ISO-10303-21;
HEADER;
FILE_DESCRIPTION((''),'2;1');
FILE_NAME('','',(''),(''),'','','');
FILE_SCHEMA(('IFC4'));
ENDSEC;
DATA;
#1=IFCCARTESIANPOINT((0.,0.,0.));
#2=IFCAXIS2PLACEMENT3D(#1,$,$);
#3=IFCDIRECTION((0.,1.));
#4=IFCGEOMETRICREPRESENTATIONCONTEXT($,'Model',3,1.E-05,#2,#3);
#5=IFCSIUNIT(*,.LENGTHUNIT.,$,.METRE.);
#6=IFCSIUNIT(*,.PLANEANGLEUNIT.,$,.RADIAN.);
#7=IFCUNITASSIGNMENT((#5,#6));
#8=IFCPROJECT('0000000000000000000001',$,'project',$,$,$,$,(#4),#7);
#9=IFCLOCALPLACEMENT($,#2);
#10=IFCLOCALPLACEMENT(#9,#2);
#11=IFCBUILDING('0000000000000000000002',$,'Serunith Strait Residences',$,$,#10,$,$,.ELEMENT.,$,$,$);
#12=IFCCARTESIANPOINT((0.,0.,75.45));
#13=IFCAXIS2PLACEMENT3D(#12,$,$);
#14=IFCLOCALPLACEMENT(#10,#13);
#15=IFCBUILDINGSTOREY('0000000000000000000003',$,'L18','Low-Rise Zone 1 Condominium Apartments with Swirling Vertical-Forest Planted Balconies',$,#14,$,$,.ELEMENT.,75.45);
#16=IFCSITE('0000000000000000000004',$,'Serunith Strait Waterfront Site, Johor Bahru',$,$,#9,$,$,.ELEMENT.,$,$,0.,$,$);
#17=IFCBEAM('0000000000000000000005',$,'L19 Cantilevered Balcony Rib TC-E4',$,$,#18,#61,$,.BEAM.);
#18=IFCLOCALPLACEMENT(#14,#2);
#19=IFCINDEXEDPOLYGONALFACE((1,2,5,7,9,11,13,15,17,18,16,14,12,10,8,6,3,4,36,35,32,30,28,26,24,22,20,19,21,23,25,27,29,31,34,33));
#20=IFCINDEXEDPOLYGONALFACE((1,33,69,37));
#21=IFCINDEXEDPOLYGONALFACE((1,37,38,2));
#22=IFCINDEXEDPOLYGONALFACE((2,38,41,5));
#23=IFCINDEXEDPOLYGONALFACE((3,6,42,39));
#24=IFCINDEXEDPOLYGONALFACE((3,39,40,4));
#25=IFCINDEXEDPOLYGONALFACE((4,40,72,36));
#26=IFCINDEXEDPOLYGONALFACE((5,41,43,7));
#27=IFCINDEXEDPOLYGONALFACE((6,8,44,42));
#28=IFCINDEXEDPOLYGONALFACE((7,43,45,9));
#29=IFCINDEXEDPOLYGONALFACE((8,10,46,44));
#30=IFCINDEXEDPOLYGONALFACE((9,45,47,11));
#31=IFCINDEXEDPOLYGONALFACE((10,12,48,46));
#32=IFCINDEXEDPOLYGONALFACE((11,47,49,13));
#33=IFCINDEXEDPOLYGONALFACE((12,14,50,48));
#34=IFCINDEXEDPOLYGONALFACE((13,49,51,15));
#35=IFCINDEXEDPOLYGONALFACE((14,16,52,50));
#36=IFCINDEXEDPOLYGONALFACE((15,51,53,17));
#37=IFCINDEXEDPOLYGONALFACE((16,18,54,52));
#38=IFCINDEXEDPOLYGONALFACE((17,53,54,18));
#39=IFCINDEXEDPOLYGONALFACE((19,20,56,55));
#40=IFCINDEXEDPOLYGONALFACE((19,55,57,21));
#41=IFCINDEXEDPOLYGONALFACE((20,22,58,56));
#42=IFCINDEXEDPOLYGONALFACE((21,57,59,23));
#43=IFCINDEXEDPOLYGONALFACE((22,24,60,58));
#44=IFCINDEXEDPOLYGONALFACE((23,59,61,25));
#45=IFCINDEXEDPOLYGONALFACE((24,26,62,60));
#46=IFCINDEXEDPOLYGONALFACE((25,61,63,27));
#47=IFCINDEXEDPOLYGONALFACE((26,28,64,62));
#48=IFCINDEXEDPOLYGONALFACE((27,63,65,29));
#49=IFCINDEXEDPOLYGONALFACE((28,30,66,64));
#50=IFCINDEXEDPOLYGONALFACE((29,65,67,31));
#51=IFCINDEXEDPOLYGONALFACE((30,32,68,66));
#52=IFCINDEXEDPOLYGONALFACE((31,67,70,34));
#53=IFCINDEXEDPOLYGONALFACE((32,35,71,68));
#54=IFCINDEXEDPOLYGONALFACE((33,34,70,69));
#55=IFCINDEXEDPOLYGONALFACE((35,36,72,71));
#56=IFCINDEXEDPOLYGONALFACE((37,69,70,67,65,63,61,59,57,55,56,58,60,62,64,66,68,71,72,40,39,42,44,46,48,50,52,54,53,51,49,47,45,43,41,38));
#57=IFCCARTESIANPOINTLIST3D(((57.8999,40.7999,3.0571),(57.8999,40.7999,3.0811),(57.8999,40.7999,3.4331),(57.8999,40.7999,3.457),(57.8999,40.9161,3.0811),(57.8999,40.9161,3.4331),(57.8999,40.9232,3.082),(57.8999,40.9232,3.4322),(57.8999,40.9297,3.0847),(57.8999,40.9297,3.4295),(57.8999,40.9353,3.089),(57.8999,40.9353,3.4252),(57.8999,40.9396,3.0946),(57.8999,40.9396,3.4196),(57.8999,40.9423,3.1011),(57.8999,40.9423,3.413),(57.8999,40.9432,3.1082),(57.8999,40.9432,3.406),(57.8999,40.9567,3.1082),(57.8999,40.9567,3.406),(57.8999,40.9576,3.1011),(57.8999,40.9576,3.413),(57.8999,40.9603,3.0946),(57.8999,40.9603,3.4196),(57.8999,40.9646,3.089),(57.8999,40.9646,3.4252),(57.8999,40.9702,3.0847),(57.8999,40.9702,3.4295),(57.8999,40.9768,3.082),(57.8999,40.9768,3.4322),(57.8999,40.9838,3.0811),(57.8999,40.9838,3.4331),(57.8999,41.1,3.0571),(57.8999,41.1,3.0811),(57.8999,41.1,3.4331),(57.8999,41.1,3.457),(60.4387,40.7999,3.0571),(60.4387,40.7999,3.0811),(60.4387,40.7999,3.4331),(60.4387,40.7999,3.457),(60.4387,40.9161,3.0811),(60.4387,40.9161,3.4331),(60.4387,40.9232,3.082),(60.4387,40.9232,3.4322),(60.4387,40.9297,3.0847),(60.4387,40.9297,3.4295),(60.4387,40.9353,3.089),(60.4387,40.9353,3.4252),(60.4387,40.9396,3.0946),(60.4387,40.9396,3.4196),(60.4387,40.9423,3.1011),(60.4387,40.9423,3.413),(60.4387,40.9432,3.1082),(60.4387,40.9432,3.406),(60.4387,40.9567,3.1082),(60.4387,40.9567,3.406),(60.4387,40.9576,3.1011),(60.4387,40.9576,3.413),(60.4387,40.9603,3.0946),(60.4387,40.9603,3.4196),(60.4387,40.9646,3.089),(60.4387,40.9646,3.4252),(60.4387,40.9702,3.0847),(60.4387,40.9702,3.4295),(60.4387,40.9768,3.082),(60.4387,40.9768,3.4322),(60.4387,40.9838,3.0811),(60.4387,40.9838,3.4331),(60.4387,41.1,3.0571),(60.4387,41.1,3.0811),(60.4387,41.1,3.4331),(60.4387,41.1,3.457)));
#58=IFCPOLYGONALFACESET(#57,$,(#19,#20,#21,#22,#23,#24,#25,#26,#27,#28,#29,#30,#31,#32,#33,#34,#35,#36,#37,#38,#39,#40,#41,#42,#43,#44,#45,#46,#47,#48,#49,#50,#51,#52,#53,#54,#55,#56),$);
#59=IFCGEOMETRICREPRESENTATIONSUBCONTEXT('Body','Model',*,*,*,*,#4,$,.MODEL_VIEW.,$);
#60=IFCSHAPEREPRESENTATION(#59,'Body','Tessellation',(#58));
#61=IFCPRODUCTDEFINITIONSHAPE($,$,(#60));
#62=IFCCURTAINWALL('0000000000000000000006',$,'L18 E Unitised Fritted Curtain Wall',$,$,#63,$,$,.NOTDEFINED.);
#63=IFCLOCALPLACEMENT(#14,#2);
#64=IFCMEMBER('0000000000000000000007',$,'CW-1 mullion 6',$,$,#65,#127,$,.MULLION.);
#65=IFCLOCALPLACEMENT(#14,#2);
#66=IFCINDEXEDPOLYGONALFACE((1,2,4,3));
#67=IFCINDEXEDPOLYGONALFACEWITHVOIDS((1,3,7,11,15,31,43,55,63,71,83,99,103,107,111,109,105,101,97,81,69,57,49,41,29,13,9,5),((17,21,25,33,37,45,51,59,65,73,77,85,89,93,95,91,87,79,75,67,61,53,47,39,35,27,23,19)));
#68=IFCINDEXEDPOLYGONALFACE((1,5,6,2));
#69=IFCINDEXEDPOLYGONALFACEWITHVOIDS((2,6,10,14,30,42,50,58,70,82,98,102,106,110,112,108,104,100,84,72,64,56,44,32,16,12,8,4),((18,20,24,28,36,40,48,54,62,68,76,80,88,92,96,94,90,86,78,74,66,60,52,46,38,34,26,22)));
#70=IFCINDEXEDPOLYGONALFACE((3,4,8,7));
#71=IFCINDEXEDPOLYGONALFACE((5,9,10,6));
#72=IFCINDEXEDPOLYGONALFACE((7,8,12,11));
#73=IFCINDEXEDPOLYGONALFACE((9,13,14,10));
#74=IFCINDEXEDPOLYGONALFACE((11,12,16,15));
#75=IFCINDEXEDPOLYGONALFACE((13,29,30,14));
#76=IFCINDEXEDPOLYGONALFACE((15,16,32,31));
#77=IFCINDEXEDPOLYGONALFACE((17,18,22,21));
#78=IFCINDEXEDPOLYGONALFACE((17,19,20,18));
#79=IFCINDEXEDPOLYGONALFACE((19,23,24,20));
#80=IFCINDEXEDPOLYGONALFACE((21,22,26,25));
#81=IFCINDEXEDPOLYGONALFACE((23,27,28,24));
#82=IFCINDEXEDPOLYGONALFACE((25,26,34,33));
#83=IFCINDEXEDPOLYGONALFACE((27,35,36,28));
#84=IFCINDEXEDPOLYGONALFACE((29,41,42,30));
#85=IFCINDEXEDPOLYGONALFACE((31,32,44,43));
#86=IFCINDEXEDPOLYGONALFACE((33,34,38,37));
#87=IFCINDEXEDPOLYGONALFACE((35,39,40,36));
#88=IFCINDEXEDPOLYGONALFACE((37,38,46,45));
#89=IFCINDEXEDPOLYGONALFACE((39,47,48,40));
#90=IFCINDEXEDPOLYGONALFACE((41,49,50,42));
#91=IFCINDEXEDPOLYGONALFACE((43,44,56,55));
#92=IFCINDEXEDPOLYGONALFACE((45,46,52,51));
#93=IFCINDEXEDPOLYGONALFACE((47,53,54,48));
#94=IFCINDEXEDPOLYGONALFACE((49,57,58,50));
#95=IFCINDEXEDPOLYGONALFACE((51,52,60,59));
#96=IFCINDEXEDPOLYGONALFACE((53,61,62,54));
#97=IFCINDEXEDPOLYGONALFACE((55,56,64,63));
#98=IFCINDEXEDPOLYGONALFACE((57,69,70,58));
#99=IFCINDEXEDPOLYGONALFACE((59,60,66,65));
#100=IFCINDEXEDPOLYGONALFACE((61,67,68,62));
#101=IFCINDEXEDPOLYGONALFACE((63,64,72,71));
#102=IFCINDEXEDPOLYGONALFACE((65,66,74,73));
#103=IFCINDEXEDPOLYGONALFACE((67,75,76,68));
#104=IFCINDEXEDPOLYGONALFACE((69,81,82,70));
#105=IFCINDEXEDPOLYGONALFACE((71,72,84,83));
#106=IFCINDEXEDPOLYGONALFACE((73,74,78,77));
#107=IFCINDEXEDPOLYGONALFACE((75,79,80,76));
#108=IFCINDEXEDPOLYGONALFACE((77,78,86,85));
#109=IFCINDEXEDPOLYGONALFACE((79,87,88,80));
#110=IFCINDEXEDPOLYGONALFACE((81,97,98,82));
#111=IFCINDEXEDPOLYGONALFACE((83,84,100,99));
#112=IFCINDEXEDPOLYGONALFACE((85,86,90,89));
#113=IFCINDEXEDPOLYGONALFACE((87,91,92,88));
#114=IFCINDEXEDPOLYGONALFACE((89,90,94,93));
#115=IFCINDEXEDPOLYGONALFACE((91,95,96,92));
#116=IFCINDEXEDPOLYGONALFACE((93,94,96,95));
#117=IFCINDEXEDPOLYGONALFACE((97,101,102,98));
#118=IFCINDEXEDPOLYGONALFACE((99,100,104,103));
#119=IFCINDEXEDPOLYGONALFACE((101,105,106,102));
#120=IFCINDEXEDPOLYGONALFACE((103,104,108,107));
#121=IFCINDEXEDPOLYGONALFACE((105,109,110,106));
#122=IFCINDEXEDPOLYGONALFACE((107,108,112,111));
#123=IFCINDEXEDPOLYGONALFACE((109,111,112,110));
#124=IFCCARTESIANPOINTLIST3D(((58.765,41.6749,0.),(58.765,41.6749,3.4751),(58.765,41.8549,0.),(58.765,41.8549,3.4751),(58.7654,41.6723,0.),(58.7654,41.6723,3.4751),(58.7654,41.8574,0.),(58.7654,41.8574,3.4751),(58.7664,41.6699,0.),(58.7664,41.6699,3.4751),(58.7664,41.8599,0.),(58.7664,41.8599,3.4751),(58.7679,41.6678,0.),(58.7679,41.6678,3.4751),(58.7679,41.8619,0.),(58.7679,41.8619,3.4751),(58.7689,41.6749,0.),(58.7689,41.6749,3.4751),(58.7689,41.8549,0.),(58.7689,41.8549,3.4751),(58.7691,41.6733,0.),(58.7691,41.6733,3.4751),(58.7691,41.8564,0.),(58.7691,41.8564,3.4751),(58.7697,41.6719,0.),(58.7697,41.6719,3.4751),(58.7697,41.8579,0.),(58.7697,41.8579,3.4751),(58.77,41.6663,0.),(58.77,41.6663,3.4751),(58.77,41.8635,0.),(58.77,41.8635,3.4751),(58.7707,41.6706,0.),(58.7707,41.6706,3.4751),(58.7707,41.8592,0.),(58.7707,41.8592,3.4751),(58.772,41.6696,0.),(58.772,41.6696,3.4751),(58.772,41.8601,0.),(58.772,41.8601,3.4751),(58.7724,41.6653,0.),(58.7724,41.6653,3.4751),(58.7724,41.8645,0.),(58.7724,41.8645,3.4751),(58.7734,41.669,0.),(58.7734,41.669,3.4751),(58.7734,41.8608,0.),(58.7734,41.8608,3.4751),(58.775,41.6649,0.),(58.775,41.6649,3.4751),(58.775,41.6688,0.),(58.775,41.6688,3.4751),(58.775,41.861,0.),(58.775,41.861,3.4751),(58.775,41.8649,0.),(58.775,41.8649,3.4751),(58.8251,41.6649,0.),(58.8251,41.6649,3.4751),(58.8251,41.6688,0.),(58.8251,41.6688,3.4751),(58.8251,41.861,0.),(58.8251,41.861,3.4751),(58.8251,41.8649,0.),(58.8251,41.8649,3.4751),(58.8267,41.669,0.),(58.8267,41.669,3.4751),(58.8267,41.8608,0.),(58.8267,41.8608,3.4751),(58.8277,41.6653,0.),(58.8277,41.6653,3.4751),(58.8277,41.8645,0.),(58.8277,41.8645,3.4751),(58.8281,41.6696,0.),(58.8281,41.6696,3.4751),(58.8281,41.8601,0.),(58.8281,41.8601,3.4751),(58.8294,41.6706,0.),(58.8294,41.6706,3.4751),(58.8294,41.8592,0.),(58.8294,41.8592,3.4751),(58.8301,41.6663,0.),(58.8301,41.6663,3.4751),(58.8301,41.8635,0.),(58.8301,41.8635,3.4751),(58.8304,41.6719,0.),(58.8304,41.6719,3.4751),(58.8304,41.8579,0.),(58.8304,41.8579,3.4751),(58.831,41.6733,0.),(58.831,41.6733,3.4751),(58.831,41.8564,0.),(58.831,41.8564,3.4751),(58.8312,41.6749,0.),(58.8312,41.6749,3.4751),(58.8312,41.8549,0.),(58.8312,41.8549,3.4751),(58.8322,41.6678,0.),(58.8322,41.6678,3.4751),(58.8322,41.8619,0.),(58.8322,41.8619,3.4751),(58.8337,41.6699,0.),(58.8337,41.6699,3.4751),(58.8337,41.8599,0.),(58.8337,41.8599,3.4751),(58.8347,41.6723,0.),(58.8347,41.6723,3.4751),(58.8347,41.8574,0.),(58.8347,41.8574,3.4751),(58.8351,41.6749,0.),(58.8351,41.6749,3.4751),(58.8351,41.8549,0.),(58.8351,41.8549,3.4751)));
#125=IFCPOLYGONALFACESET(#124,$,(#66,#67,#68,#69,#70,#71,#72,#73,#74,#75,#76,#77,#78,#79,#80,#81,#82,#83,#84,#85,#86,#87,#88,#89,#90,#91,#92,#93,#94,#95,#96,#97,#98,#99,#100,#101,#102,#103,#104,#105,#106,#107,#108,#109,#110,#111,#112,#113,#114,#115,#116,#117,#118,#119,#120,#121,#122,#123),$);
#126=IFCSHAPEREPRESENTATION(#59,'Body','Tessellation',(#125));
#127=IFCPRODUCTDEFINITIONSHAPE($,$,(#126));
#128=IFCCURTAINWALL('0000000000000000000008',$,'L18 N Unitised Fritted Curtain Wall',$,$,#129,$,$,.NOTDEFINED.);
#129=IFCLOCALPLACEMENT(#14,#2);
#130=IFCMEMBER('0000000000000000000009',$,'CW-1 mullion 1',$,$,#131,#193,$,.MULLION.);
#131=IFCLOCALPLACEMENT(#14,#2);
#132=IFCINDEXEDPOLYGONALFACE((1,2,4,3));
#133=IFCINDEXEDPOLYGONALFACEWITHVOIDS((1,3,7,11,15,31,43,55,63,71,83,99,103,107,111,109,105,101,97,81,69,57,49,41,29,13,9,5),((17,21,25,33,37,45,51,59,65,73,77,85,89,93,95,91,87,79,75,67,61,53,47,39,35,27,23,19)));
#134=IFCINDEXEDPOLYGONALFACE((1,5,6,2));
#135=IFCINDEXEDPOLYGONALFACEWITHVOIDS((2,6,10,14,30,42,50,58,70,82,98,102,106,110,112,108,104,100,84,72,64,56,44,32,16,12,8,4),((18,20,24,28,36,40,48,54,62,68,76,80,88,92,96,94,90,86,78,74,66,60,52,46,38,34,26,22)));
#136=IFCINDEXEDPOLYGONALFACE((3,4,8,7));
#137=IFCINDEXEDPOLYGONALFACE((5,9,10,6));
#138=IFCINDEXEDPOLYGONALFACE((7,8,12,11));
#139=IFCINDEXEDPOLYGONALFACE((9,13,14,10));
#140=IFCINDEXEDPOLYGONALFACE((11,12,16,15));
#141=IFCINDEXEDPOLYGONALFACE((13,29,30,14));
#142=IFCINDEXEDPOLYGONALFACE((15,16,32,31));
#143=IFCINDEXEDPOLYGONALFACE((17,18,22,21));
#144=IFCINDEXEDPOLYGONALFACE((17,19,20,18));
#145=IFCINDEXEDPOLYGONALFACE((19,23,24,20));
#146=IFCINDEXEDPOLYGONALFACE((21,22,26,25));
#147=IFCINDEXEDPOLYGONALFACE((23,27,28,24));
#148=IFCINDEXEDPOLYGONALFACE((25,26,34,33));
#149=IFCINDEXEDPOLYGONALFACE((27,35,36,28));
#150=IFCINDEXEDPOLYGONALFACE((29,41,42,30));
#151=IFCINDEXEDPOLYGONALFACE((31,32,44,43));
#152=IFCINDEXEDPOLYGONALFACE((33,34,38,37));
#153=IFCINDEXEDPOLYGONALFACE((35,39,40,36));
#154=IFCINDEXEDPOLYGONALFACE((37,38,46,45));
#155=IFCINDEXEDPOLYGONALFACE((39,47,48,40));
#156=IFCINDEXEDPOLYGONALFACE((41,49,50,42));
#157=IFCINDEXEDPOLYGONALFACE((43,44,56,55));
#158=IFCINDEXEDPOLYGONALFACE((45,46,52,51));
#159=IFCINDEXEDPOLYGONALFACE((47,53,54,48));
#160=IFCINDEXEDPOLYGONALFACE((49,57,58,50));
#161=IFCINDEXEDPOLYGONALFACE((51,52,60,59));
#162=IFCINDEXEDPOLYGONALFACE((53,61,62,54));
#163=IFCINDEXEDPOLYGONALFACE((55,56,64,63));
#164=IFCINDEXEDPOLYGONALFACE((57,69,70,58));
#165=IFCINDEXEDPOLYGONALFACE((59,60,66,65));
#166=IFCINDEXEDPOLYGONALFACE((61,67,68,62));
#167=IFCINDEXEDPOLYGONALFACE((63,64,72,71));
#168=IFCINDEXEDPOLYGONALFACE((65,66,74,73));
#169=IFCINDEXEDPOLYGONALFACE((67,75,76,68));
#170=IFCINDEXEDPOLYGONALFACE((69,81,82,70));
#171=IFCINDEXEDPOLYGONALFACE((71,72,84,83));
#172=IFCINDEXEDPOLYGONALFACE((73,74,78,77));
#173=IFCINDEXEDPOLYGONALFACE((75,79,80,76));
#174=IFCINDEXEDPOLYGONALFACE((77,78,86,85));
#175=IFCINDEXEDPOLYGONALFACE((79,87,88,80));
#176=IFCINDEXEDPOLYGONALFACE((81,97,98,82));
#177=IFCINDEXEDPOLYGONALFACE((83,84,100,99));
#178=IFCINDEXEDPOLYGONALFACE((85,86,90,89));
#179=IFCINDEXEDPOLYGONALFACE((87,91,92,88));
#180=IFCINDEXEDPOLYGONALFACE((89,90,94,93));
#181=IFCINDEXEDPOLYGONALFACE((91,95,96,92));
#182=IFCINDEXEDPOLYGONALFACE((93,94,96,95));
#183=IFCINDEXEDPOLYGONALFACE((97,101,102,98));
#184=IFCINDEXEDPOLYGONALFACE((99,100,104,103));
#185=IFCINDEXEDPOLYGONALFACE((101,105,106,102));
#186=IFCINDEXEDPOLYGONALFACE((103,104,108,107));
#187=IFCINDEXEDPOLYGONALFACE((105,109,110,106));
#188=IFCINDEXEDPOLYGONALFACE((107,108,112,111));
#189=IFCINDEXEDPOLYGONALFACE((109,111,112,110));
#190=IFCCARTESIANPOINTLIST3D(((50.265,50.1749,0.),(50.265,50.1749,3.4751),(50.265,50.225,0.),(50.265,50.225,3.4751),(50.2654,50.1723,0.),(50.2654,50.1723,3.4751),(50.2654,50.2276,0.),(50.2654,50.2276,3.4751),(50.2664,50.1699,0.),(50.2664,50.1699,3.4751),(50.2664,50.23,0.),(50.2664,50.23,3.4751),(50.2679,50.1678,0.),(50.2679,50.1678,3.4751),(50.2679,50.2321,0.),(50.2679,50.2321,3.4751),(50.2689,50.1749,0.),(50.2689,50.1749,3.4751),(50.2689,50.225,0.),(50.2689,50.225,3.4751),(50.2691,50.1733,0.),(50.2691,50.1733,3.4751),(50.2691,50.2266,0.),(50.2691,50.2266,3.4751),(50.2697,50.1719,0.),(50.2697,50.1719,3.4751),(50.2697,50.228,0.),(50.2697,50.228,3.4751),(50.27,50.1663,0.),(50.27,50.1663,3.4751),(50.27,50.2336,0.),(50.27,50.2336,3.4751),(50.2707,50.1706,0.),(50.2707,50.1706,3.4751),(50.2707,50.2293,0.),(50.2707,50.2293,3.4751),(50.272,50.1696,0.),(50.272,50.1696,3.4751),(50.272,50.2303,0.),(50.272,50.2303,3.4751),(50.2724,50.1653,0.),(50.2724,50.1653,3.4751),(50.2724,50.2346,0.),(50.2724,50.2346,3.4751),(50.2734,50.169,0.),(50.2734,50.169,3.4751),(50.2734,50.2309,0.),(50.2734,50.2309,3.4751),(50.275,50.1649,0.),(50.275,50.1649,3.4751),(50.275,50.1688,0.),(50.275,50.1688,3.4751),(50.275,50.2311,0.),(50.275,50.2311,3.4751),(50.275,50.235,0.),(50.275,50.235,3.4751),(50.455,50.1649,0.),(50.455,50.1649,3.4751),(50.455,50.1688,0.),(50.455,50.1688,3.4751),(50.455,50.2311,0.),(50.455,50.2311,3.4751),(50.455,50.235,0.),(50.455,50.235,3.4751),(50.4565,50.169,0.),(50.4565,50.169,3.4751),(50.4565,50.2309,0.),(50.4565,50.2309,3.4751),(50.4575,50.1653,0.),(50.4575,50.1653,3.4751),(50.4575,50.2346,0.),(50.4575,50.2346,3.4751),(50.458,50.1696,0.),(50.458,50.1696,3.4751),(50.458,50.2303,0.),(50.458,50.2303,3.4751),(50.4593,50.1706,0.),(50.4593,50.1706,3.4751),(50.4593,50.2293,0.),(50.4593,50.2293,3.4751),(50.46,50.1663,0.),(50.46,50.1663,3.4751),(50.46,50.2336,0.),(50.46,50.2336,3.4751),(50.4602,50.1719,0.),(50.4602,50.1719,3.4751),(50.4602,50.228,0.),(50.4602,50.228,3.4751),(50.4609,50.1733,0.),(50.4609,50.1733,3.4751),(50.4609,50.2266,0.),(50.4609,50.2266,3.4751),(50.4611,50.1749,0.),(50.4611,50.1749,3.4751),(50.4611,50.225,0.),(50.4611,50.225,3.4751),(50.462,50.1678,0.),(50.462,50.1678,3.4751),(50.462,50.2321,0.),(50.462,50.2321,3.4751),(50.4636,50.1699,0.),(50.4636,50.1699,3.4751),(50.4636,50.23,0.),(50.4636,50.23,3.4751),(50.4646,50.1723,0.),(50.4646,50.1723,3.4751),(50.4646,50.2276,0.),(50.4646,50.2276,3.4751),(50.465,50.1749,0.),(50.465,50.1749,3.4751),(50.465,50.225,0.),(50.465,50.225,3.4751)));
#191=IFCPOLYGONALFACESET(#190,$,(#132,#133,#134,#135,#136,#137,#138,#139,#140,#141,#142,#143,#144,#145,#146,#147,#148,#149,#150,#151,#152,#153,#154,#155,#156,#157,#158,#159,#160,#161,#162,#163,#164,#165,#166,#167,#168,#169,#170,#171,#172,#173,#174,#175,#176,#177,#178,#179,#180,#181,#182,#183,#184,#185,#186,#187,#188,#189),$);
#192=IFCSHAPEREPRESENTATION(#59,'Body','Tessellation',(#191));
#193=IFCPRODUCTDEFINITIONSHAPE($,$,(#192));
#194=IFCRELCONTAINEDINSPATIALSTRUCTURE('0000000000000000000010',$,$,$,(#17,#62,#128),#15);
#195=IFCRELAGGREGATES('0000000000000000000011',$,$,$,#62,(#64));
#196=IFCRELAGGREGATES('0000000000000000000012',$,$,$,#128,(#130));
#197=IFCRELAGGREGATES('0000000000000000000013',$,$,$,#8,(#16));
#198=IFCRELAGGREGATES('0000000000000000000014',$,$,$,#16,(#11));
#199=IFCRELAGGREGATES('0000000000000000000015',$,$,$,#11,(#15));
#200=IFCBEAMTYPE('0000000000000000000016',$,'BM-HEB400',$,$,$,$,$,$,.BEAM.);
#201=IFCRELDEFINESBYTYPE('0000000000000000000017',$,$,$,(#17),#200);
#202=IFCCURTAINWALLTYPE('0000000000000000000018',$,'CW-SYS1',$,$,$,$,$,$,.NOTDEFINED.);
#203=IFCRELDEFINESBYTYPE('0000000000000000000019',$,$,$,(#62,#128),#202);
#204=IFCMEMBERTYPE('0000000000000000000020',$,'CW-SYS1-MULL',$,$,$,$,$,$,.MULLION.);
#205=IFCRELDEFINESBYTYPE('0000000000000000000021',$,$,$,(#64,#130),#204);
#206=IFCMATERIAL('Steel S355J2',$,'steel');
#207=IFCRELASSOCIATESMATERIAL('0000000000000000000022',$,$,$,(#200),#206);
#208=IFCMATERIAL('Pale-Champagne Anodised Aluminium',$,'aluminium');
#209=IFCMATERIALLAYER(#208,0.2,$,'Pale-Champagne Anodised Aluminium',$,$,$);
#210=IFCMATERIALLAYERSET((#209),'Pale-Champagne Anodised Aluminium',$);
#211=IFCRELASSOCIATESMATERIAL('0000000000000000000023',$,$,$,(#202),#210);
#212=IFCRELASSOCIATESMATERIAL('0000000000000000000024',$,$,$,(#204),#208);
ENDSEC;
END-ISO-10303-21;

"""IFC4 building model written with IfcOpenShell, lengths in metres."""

from ifc_helpers import new_model, si_unit, direction, frame, origin, origin_2d, place, context, subcontext, project, spatial, hollow_rectangle, i_section, extrude, source, transform, mapped, material, layer, layer_set, material_profile, profile_set, type_object, element, aggregate, save


model = new_model("IFC4")

# Units and contexts
model_context = context("Model", 3, precision=1e-05, world=origin(), true_north=direction((0.0, 1.0)))
body_context = subcontext(model_context, "Body", "Model", "MODEL_VIEW")
ifc_project = project(units=[si_unit("LENGTHUNIT", "METRE"), si_unit("PLANEANGLEUNIT", "RADIAN")], contexts=[model_context])

# Site, building, storey
site_placement = place(None, origin())
site = spatial("IfcSite", under=ifc_project, at=site_placement, Name="Serunith Strait Waterfront Site, Johor Bahru", CompositionType="ELEMENT", RefElevation=0.0)
building_placement = place(site_placement, origin())
building = spatial("IfcBuilding", under=site, at=building_placement, Name="Serunith Strait Residences", CompositionType="ELEMENT")
storey_placement = place(building_placement, frame((0.0, 0.0, 75.45)))
storey = spatial("IfcBuildingStorey", under=building, at=storey_placement, Name="L18", Description="Low-Rise Zone 1 Condominium Apartments with Swirling Vertical-Forest Planted Balconies", CompositionType="ELEMENT", Elevation=75.45)

# Beam
ifc_material_1 = material(Name="Steel S355J2", Category="steel")
ifc_material_profile_1 = material_profile(ifc_material_1, i_section(OverallWidth=0.3, OverallDepth=0.3999, WebThickness=0.0134, FlangeThickness=0.0239, FilletRadius=0.0271, at=origin_2d()), Name="HEB 400")
ifc_profile_set_1 = profile_set([ifc_material_profile_1], Name="Steel S355J2")
beam_type_1 = type_object("IfcBeamType", Name="BM-HEB400", PredefinedType="BEAM", material=ifc_profile_set_1)
shared_shape_1 = source(origin(), body_context, "Body", "SweptSolid", [
    extrude(i_section(OverallWidth=0.3, OverallDepth=0.3999, WebThickness=0.0134, FlangeThickness=0.0239, FilletRadius=0.0271, at=origin_2d()), origin(), (0.0, 0.0, 1.0), 2.5388),
])
beam_1_placement = place(storey_placement, frame((57.8999, 40.95, 3.2571), z_axis=(1.0, 0.0, 0.0), x_axis=(0.0, 1.0, 0.0)))
element("IfcBeam", 1, at=beam_1_placement, inside=storey, type_object=beam_type_1, Name="L19 Cantilevered Balcony Rib TC-E4", PredefinedType="BEAM", context=body_context, shape_type="MappedRepresentation", body=[
    mapped(shared_shape_1, transform((0.0, 0.0, 0.0), scale=1.0)),
])

# Curtain wall, member
ifc_material_2 = material(Name="Pale-Champagne Anodised Aluminium", Category="aluminium")
ifc_layer_1 = layer(ifc_material_2, 0.2, Name="Pale-Champagne Anodised Aluminium")
ifc_layer_set_1 = layer_set([ifc_layer_1], Name="Pale-Champagne Anodised Aluminium")
curtain_wall_type = type_object("IfcCurtainWallType", Name="CW-SYS1", PredefinedType="NOTDEFINED", material=ifc_layer_set_1)
curtain_wall_1_placement = place(storey_placement, origin())
curtain_wall_1 = element("IfcCurtainWall", 2, at=curtain_wall_1_placement, inside=storey, type_object=curtain_wall_type, Name="L18 E Unitised Fritted Curtain Wall", PredefinedType="NOTDEFINED")
ifc_material_profile_2 = material_profile(ifc_material_2, hollow_rectangle(XDim=0.0701, YDim=0.2, WallThickness=0.0039, InnerFilletRadius=0.0061, OuterFilletRadius=0.01, at=origin_2d()), Name="ALU 200x70x4")
ifc_profile_set_2 = profile_set([ifc_material_profile_2], Name="Pale-Champagne Anodised Aluminium")
member_type_1 = type_object("IfcMemberType", Name="CW-SYS1-MULL", PredefinedType="MULLION", material=ifc_profile_set_2)
shared_shape_2 = source(origin(), body_context, "Body", "SweptSolid", [
    extrude(hollow_rectangle(XDim=0.0701, YDim=0.2, WallThickness=0.0039, InnerFilletRadius=0.0061, OuterFilletRadius=0.01, at=origin_2d()), origin(), (0.0, 0.0, 1.0), 3.4751),
])
member_1_placement = place(storey_placement, frame((58.8, 41.7649, 0.0), z_axis=(0.0, 0.0, 1.0), x_axis=(-1.0, 0.0, 0.0)))
member_1 = element("IfcMember", 3, at=member_1_placement, type_object=member_type_1, Name="CW-1 mullion 6", PredefinedType="MULLION", context=body_context, shape_type="MappedRepresentation", body=[
    mapped(shared_shape_2, transform((0.0, 0.0, 0.0), scale=1.0)),
])
aggregate(curtain_wall_1, [member_1])

# Curtain wall, member
curtain_wall_2_placement = place(storey_placement, origin())
curtain_wall_2 = element("IfcCurtainWall", 4, at=curtain_wall_2_placement, inside=storey, type_object=curtain_wall_type, Name="L18 N Unitised Fritted Curtain Wall", PredefinedType="NOTDEFINED")
member_2_placement = place(storey_placement, frame((50.365, 50.2, 0.0), z_axis=(0.0, 0.0, 1.0), x_axis=(0.0, -1.0, 0.0)))
member_2 = element("IfcMember", 5, at=member_2_placement, type_object=member_type_1, Name="CW-1 mullion 1", PredefinedType="MULLION", context=body_context, shape_type="MappedRepresentation", body=[
    mapped(shared_shape_2, transform((0.0, 0.0, 0.0), scale=1.0)),
])
aggregate(curtain_wall_2, [member_2])

save(model, "model.ifc")
